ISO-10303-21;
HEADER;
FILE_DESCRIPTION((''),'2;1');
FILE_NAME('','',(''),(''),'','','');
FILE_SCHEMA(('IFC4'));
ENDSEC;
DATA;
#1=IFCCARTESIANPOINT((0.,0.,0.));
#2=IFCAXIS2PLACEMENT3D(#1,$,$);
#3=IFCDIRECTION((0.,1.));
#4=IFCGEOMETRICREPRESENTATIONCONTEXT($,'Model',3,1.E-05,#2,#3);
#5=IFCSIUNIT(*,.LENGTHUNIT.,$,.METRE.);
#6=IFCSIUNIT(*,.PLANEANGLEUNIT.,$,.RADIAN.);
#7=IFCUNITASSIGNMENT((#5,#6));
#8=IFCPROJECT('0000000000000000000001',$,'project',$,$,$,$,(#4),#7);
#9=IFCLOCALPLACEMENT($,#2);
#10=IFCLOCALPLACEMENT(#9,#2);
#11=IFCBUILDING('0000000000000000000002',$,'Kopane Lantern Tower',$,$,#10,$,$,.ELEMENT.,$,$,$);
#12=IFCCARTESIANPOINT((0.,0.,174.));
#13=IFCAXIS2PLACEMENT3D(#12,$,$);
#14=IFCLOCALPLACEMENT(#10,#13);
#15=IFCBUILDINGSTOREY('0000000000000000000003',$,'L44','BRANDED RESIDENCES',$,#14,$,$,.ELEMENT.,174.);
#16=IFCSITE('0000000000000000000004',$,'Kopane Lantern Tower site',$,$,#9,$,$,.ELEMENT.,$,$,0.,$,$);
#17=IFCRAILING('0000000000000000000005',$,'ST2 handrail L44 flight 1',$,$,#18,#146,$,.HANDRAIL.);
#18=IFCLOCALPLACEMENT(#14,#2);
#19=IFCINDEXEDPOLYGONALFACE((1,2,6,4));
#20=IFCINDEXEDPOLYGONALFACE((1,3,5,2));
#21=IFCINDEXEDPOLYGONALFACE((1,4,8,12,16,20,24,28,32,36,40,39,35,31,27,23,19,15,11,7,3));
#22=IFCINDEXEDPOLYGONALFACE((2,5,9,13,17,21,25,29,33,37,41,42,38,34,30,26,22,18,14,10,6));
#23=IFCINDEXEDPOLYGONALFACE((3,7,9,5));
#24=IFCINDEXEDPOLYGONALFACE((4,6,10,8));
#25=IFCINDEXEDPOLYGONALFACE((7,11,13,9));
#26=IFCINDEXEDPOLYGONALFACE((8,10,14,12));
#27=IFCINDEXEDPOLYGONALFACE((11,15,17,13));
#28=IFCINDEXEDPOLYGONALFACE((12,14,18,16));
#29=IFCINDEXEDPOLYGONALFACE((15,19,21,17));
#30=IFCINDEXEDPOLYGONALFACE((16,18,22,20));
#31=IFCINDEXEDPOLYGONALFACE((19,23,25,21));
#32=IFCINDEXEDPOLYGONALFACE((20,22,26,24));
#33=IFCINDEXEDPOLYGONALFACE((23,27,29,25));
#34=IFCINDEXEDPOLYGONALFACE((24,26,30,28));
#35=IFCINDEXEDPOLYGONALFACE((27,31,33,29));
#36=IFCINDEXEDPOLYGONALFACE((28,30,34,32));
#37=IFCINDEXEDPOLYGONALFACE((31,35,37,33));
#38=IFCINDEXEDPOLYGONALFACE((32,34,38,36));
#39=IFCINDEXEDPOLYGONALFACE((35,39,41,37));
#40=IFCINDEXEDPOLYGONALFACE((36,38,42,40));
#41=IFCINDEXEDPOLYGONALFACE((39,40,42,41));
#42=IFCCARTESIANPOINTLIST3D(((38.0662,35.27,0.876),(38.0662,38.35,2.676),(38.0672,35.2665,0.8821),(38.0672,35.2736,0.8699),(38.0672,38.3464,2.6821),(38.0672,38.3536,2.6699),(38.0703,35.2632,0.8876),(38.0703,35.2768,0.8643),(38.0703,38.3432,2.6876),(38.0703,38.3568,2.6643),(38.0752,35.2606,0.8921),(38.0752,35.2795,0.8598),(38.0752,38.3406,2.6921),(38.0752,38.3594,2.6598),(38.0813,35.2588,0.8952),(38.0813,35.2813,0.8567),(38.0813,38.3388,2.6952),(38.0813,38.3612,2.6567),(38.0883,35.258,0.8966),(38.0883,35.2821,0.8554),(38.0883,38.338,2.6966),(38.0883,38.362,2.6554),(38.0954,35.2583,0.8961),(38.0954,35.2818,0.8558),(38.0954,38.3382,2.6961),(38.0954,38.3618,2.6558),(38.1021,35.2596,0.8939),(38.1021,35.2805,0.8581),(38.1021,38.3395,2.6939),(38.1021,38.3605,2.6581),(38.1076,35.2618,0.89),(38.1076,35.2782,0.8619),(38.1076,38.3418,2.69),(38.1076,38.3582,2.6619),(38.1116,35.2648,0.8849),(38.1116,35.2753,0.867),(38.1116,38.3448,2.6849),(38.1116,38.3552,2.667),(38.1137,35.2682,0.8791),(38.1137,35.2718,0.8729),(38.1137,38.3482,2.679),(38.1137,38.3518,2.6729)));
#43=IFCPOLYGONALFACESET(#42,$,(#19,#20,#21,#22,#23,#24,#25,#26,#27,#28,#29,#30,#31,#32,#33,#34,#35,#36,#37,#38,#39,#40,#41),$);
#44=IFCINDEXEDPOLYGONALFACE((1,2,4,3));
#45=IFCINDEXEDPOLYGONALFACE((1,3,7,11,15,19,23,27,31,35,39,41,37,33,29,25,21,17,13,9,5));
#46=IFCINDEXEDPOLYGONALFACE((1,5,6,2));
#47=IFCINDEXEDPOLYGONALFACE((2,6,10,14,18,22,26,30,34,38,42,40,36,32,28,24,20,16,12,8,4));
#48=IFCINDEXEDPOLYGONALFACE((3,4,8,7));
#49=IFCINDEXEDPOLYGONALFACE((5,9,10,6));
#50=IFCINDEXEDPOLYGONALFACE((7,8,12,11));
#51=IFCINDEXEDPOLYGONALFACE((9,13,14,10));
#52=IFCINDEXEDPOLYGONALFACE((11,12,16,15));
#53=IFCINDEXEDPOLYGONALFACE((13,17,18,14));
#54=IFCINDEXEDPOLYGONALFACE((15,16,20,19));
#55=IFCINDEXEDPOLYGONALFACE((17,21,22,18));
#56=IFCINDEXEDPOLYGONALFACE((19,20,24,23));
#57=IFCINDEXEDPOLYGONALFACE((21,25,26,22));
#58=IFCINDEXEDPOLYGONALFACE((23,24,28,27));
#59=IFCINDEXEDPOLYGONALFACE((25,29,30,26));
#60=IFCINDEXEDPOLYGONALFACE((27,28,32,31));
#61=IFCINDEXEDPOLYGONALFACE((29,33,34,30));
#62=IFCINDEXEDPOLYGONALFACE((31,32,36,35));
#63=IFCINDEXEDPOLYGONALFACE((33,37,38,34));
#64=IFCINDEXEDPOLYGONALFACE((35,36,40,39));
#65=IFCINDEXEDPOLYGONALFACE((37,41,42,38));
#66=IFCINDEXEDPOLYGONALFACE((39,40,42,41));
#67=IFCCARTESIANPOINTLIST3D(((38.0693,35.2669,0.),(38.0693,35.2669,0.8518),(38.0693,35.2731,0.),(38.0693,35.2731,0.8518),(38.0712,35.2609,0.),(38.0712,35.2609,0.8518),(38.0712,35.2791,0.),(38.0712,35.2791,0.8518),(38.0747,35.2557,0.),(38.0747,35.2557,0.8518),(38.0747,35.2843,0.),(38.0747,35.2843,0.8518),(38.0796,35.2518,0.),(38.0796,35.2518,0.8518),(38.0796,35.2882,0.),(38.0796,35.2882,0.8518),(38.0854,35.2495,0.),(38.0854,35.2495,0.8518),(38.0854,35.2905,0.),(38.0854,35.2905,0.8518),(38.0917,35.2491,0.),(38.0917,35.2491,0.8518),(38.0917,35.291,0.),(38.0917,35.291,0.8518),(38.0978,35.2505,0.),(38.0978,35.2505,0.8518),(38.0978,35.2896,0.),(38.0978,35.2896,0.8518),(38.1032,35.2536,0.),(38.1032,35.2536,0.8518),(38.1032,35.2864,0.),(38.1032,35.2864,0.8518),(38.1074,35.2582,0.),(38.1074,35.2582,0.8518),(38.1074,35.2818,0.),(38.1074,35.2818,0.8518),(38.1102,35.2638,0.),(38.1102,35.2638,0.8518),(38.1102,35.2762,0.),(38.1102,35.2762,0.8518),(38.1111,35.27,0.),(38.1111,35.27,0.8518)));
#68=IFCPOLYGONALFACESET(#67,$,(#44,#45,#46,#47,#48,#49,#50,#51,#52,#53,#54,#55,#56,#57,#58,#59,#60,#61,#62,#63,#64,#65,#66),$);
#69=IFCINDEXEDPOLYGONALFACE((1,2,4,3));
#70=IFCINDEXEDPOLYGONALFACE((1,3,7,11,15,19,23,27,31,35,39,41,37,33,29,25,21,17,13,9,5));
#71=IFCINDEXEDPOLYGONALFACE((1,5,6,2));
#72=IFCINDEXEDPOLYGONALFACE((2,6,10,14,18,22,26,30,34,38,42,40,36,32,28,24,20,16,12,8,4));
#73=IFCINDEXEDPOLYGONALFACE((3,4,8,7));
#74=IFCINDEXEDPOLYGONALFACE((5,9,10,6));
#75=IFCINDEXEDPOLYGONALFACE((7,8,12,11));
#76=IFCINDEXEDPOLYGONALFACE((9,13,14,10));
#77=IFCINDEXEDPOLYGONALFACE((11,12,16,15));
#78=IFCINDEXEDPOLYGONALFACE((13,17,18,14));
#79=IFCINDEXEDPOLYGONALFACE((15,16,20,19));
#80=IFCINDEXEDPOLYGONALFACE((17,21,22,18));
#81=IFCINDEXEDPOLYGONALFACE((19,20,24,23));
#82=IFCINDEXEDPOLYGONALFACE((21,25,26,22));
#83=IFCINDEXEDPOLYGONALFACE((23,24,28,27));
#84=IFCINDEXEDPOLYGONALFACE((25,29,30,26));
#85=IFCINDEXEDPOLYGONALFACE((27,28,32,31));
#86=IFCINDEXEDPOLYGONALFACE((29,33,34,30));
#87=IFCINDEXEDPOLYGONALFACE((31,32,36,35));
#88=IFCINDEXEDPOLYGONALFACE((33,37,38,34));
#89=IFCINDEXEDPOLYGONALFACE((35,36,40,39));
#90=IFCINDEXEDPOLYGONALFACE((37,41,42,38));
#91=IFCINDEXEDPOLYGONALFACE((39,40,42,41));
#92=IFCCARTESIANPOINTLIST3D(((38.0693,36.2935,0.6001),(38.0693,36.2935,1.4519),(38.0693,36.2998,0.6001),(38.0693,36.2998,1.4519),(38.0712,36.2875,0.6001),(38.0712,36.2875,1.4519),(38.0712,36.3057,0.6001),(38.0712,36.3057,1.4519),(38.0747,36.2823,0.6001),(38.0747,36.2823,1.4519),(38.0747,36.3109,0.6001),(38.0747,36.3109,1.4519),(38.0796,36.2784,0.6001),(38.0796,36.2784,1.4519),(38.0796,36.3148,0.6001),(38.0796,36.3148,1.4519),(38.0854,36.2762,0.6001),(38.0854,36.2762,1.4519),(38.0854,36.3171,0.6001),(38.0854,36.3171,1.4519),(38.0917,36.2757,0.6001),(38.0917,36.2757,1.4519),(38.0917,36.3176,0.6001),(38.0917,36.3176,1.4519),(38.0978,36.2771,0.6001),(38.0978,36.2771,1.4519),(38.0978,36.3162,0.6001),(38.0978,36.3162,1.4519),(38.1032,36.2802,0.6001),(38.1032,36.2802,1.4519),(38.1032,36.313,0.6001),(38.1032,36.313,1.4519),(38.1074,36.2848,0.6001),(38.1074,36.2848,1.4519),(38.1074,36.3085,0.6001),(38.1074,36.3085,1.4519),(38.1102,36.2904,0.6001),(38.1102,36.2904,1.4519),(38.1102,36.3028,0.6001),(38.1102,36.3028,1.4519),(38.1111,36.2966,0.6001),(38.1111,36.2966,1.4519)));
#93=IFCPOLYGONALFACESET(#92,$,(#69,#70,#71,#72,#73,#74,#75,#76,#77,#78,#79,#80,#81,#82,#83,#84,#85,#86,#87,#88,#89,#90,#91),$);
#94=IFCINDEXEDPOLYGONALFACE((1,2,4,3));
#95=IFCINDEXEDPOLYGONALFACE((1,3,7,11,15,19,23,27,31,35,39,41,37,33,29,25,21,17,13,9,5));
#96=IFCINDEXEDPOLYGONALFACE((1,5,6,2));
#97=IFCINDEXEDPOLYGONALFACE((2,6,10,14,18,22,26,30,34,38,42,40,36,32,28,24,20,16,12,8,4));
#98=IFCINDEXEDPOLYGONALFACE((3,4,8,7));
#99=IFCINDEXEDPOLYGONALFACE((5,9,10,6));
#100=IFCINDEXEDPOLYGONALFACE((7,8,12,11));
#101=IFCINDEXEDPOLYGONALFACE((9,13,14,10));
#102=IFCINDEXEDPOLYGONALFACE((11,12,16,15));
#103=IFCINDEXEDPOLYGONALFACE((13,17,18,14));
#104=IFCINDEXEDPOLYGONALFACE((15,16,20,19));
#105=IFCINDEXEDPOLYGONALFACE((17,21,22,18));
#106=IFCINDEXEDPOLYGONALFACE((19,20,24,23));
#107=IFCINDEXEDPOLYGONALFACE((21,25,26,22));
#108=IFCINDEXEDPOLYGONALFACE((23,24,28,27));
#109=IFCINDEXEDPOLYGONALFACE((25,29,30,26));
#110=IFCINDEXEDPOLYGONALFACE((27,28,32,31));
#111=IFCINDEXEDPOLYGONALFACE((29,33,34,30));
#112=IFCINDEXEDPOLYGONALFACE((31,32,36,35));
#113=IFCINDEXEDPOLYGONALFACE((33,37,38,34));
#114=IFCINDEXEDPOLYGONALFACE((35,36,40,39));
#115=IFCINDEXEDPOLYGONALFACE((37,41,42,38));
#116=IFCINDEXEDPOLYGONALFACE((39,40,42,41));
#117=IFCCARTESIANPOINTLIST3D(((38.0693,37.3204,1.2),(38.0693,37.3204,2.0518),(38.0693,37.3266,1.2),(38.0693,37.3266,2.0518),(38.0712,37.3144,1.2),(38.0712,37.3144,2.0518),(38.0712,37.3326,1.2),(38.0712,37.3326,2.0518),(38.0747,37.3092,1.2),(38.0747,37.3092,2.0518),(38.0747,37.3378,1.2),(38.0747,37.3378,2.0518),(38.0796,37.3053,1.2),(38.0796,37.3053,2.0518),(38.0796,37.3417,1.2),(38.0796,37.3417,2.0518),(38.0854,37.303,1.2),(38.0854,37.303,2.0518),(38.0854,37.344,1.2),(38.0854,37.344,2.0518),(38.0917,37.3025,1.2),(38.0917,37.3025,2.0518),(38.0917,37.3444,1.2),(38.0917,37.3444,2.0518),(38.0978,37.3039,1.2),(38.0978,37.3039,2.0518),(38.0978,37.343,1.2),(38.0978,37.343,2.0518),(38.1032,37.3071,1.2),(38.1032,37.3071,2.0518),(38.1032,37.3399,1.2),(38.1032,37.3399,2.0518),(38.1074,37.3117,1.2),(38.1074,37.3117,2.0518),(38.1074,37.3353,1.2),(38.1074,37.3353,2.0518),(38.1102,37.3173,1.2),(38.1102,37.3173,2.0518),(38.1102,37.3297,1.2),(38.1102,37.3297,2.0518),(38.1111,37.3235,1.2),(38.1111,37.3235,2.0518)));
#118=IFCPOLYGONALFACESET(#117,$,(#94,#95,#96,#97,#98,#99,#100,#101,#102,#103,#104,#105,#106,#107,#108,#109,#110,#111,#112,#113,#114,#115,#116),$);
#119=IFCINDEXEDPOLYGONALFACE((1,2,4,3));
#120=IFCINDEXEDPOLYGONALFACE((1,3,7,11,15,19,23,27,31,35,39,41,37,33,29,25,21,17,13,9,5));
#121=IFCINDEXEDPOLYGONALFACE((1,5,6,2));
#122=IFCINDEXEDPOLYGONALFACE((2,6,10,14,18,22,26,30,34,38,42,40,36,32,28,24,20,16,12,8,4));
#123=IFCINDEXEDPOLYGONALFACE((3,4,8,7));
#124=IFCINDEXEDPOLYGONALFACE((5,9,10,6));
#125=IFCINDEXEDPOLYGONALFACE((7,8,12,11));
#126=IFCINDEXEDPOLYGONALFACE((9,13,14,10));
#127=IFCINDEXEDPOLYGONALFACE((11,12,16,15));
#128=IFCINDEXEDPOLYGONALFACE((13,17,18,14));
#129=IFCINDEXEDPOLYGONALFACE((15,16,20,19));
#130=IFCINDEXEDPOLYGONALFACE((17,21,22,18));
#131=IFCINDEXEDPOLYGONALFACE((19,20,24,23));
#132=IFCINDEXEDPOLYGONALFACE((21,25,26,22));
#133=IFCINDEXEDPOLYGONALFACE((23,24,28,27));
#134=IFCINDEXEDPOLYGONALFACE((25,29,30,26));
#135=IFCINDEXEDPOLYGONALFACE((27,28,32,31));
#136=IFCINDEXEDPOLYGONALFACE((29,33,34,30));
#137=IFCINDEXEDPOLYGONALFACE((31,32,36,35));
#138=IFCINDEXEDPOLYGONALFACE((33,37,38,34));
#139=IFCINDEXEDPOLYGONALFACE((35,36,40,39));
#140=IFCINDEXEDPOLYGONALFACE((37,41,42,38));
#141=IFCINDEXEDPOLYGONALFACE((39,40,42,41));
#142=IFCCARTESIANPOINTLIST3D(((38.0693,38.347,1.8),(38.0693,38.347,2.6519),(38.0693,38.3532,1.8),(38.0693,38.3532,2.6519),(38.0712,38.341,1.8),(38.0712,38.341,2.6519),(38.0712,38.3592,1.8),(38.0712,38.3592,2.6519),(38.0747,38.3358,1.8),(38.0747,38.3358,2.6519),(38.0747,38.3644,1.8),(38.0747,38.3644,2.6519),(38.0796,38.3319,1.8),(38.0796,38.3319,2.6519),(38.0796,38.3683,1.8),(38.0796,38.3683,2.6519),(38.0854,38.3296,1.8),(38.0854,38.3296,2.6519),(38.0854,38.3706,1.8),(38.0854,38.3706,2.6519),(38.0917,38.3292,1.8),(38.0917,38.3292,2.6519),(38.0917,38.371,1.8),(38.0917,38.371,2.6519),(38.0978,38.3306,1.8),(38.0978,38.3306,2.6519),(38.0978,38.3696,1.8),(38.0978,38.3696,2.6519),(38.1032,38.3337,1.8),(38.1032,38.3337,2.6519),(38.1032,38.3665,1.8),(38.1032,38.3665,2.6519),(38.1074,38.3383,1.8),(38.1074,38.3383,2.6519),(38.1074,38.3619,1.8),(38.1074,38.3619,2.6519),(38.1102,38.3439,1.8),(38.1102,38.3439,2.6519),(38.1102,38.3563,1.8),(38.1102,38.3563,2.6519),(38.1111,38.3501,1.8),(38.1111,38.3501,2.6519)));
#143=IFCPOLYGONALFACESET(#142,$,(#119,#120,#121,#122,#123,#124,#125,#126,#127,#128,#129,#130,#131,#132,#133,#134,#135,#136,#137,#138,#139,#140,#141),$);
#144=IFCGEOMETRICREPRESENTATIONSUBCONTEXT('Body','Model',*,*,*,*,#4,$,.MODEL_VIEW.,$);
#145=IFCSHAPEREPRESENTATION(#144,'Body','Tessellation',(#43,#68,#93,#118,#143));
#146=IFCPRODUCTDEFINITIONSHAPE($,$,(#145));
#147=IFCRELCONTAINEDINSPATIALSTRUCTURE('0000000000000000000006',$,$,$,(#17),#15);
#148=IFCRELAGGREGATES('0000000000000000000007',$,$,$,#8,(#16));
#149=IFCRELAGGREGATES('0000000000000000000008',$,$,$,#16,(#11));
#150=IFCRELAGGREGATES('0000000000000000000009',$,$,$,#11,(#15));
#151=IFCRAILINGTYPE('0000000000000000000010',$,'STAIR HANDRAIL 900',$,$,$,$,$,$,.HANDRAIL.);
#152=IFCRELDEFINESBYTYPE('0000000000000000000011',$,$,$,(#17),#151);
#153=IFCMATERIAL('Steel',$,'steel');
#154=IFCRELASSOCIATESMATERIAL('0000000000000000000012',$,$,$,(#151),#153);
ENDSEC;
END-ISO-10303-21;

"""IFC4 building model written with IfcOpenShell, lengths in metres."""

from ifc_helpers import new_model, si_unit, direction, frame, origin, origin_2d, place, context, subcontext, project, spatial, circle, extrude, material, type_object, element, save


model = new_model("IFC4")

# Units and contexts
model_context = context("Model", 3, precision=1e-05, world=origin(), true_north=direction((0.0, 1.0)))
body_context = subcontext(model_context, "Body", "Model", "MODEL_VIEW")
ifc_project = project(units=[si_unit("LENGTHUNIT", "METRE"), si_unit("PLANEANGLEUNIT", "RADIAN")], contexts=[model_context])

# Site, building, storey
site_placement = place(None, origin())
site = spatial("IfcSite", under=ifc_project, at=site_placement, Name="Kopane Lantern Tower site", CompositionType="ELEMENT", RefElevation=0.0)
building_placement = place(site_placement, origin())
building = spatial("IfcBuilding", under=site, at=building_placement, Name="Kopane Lantern Tower", CompositionType="ELEMENT")
storey_placement = place(building_placement, frame((0.0, 0.0, 174.0)))
storey = spatial("IfcBuildingStorey", under=building, at=storey_placement, Name="L44", Description="BRANDED RESIDENCES", CompositionType="ELEMENT", Elevation=174.0)

# Railing
ifc_material_1 = material(Name="Steel", Category="steel")
railing_type_1 = type_object("IfcRailingType", Name="STAIR HANDRAIL 900", PredefinedType="HANDRAIL", material=ifc_material_1)
for number, where, name in (
    (1, (38.0901, 35.27, 0.0), "ST2 handrail L44 flight 1"),
):
    element("IfcRailing", number, at=place(storey_placement, frame(where)), inside=storey, type_object=railing_type_1, Name=name, PredefinedType="HANDRAIL", context=body_context, shape_type="SweptSolid", body=[
        extrude(circle(Radius=0.0239, at=origin_2d()), frame((0.0, 0.0, 0.876), z_axis=(0.0, 0.863372, 0.504569), x_axis=(-1.0, 0.0, 0.0)), (0.0, 0.0, 1.0), 3.5674),
        extrude(circle(Radius=0.021, at=origin_2d()), origin(), (0.0, 0.0, 1.0), 0.8518),
        extrude(circle(Radius=0.021, at=origin_2d()), frame((0.0, 1.0266, 0.6001)), (0.0, 0.0, 1.0), 0.8518),
        extrude(circle(Radius=0.021, at=origin_2d()), frame((0.0, 2.0535, 1.2)), (0.0, 0.0, 1.0), 0.8518),
        extrude(circle(Radius=0.021, at=origin_2d()), frame((0.0, 3.0801, 1.8)), (0.0, 0.0, 1.0), 0.8518),
    ])

save(model, "model.ifc")
